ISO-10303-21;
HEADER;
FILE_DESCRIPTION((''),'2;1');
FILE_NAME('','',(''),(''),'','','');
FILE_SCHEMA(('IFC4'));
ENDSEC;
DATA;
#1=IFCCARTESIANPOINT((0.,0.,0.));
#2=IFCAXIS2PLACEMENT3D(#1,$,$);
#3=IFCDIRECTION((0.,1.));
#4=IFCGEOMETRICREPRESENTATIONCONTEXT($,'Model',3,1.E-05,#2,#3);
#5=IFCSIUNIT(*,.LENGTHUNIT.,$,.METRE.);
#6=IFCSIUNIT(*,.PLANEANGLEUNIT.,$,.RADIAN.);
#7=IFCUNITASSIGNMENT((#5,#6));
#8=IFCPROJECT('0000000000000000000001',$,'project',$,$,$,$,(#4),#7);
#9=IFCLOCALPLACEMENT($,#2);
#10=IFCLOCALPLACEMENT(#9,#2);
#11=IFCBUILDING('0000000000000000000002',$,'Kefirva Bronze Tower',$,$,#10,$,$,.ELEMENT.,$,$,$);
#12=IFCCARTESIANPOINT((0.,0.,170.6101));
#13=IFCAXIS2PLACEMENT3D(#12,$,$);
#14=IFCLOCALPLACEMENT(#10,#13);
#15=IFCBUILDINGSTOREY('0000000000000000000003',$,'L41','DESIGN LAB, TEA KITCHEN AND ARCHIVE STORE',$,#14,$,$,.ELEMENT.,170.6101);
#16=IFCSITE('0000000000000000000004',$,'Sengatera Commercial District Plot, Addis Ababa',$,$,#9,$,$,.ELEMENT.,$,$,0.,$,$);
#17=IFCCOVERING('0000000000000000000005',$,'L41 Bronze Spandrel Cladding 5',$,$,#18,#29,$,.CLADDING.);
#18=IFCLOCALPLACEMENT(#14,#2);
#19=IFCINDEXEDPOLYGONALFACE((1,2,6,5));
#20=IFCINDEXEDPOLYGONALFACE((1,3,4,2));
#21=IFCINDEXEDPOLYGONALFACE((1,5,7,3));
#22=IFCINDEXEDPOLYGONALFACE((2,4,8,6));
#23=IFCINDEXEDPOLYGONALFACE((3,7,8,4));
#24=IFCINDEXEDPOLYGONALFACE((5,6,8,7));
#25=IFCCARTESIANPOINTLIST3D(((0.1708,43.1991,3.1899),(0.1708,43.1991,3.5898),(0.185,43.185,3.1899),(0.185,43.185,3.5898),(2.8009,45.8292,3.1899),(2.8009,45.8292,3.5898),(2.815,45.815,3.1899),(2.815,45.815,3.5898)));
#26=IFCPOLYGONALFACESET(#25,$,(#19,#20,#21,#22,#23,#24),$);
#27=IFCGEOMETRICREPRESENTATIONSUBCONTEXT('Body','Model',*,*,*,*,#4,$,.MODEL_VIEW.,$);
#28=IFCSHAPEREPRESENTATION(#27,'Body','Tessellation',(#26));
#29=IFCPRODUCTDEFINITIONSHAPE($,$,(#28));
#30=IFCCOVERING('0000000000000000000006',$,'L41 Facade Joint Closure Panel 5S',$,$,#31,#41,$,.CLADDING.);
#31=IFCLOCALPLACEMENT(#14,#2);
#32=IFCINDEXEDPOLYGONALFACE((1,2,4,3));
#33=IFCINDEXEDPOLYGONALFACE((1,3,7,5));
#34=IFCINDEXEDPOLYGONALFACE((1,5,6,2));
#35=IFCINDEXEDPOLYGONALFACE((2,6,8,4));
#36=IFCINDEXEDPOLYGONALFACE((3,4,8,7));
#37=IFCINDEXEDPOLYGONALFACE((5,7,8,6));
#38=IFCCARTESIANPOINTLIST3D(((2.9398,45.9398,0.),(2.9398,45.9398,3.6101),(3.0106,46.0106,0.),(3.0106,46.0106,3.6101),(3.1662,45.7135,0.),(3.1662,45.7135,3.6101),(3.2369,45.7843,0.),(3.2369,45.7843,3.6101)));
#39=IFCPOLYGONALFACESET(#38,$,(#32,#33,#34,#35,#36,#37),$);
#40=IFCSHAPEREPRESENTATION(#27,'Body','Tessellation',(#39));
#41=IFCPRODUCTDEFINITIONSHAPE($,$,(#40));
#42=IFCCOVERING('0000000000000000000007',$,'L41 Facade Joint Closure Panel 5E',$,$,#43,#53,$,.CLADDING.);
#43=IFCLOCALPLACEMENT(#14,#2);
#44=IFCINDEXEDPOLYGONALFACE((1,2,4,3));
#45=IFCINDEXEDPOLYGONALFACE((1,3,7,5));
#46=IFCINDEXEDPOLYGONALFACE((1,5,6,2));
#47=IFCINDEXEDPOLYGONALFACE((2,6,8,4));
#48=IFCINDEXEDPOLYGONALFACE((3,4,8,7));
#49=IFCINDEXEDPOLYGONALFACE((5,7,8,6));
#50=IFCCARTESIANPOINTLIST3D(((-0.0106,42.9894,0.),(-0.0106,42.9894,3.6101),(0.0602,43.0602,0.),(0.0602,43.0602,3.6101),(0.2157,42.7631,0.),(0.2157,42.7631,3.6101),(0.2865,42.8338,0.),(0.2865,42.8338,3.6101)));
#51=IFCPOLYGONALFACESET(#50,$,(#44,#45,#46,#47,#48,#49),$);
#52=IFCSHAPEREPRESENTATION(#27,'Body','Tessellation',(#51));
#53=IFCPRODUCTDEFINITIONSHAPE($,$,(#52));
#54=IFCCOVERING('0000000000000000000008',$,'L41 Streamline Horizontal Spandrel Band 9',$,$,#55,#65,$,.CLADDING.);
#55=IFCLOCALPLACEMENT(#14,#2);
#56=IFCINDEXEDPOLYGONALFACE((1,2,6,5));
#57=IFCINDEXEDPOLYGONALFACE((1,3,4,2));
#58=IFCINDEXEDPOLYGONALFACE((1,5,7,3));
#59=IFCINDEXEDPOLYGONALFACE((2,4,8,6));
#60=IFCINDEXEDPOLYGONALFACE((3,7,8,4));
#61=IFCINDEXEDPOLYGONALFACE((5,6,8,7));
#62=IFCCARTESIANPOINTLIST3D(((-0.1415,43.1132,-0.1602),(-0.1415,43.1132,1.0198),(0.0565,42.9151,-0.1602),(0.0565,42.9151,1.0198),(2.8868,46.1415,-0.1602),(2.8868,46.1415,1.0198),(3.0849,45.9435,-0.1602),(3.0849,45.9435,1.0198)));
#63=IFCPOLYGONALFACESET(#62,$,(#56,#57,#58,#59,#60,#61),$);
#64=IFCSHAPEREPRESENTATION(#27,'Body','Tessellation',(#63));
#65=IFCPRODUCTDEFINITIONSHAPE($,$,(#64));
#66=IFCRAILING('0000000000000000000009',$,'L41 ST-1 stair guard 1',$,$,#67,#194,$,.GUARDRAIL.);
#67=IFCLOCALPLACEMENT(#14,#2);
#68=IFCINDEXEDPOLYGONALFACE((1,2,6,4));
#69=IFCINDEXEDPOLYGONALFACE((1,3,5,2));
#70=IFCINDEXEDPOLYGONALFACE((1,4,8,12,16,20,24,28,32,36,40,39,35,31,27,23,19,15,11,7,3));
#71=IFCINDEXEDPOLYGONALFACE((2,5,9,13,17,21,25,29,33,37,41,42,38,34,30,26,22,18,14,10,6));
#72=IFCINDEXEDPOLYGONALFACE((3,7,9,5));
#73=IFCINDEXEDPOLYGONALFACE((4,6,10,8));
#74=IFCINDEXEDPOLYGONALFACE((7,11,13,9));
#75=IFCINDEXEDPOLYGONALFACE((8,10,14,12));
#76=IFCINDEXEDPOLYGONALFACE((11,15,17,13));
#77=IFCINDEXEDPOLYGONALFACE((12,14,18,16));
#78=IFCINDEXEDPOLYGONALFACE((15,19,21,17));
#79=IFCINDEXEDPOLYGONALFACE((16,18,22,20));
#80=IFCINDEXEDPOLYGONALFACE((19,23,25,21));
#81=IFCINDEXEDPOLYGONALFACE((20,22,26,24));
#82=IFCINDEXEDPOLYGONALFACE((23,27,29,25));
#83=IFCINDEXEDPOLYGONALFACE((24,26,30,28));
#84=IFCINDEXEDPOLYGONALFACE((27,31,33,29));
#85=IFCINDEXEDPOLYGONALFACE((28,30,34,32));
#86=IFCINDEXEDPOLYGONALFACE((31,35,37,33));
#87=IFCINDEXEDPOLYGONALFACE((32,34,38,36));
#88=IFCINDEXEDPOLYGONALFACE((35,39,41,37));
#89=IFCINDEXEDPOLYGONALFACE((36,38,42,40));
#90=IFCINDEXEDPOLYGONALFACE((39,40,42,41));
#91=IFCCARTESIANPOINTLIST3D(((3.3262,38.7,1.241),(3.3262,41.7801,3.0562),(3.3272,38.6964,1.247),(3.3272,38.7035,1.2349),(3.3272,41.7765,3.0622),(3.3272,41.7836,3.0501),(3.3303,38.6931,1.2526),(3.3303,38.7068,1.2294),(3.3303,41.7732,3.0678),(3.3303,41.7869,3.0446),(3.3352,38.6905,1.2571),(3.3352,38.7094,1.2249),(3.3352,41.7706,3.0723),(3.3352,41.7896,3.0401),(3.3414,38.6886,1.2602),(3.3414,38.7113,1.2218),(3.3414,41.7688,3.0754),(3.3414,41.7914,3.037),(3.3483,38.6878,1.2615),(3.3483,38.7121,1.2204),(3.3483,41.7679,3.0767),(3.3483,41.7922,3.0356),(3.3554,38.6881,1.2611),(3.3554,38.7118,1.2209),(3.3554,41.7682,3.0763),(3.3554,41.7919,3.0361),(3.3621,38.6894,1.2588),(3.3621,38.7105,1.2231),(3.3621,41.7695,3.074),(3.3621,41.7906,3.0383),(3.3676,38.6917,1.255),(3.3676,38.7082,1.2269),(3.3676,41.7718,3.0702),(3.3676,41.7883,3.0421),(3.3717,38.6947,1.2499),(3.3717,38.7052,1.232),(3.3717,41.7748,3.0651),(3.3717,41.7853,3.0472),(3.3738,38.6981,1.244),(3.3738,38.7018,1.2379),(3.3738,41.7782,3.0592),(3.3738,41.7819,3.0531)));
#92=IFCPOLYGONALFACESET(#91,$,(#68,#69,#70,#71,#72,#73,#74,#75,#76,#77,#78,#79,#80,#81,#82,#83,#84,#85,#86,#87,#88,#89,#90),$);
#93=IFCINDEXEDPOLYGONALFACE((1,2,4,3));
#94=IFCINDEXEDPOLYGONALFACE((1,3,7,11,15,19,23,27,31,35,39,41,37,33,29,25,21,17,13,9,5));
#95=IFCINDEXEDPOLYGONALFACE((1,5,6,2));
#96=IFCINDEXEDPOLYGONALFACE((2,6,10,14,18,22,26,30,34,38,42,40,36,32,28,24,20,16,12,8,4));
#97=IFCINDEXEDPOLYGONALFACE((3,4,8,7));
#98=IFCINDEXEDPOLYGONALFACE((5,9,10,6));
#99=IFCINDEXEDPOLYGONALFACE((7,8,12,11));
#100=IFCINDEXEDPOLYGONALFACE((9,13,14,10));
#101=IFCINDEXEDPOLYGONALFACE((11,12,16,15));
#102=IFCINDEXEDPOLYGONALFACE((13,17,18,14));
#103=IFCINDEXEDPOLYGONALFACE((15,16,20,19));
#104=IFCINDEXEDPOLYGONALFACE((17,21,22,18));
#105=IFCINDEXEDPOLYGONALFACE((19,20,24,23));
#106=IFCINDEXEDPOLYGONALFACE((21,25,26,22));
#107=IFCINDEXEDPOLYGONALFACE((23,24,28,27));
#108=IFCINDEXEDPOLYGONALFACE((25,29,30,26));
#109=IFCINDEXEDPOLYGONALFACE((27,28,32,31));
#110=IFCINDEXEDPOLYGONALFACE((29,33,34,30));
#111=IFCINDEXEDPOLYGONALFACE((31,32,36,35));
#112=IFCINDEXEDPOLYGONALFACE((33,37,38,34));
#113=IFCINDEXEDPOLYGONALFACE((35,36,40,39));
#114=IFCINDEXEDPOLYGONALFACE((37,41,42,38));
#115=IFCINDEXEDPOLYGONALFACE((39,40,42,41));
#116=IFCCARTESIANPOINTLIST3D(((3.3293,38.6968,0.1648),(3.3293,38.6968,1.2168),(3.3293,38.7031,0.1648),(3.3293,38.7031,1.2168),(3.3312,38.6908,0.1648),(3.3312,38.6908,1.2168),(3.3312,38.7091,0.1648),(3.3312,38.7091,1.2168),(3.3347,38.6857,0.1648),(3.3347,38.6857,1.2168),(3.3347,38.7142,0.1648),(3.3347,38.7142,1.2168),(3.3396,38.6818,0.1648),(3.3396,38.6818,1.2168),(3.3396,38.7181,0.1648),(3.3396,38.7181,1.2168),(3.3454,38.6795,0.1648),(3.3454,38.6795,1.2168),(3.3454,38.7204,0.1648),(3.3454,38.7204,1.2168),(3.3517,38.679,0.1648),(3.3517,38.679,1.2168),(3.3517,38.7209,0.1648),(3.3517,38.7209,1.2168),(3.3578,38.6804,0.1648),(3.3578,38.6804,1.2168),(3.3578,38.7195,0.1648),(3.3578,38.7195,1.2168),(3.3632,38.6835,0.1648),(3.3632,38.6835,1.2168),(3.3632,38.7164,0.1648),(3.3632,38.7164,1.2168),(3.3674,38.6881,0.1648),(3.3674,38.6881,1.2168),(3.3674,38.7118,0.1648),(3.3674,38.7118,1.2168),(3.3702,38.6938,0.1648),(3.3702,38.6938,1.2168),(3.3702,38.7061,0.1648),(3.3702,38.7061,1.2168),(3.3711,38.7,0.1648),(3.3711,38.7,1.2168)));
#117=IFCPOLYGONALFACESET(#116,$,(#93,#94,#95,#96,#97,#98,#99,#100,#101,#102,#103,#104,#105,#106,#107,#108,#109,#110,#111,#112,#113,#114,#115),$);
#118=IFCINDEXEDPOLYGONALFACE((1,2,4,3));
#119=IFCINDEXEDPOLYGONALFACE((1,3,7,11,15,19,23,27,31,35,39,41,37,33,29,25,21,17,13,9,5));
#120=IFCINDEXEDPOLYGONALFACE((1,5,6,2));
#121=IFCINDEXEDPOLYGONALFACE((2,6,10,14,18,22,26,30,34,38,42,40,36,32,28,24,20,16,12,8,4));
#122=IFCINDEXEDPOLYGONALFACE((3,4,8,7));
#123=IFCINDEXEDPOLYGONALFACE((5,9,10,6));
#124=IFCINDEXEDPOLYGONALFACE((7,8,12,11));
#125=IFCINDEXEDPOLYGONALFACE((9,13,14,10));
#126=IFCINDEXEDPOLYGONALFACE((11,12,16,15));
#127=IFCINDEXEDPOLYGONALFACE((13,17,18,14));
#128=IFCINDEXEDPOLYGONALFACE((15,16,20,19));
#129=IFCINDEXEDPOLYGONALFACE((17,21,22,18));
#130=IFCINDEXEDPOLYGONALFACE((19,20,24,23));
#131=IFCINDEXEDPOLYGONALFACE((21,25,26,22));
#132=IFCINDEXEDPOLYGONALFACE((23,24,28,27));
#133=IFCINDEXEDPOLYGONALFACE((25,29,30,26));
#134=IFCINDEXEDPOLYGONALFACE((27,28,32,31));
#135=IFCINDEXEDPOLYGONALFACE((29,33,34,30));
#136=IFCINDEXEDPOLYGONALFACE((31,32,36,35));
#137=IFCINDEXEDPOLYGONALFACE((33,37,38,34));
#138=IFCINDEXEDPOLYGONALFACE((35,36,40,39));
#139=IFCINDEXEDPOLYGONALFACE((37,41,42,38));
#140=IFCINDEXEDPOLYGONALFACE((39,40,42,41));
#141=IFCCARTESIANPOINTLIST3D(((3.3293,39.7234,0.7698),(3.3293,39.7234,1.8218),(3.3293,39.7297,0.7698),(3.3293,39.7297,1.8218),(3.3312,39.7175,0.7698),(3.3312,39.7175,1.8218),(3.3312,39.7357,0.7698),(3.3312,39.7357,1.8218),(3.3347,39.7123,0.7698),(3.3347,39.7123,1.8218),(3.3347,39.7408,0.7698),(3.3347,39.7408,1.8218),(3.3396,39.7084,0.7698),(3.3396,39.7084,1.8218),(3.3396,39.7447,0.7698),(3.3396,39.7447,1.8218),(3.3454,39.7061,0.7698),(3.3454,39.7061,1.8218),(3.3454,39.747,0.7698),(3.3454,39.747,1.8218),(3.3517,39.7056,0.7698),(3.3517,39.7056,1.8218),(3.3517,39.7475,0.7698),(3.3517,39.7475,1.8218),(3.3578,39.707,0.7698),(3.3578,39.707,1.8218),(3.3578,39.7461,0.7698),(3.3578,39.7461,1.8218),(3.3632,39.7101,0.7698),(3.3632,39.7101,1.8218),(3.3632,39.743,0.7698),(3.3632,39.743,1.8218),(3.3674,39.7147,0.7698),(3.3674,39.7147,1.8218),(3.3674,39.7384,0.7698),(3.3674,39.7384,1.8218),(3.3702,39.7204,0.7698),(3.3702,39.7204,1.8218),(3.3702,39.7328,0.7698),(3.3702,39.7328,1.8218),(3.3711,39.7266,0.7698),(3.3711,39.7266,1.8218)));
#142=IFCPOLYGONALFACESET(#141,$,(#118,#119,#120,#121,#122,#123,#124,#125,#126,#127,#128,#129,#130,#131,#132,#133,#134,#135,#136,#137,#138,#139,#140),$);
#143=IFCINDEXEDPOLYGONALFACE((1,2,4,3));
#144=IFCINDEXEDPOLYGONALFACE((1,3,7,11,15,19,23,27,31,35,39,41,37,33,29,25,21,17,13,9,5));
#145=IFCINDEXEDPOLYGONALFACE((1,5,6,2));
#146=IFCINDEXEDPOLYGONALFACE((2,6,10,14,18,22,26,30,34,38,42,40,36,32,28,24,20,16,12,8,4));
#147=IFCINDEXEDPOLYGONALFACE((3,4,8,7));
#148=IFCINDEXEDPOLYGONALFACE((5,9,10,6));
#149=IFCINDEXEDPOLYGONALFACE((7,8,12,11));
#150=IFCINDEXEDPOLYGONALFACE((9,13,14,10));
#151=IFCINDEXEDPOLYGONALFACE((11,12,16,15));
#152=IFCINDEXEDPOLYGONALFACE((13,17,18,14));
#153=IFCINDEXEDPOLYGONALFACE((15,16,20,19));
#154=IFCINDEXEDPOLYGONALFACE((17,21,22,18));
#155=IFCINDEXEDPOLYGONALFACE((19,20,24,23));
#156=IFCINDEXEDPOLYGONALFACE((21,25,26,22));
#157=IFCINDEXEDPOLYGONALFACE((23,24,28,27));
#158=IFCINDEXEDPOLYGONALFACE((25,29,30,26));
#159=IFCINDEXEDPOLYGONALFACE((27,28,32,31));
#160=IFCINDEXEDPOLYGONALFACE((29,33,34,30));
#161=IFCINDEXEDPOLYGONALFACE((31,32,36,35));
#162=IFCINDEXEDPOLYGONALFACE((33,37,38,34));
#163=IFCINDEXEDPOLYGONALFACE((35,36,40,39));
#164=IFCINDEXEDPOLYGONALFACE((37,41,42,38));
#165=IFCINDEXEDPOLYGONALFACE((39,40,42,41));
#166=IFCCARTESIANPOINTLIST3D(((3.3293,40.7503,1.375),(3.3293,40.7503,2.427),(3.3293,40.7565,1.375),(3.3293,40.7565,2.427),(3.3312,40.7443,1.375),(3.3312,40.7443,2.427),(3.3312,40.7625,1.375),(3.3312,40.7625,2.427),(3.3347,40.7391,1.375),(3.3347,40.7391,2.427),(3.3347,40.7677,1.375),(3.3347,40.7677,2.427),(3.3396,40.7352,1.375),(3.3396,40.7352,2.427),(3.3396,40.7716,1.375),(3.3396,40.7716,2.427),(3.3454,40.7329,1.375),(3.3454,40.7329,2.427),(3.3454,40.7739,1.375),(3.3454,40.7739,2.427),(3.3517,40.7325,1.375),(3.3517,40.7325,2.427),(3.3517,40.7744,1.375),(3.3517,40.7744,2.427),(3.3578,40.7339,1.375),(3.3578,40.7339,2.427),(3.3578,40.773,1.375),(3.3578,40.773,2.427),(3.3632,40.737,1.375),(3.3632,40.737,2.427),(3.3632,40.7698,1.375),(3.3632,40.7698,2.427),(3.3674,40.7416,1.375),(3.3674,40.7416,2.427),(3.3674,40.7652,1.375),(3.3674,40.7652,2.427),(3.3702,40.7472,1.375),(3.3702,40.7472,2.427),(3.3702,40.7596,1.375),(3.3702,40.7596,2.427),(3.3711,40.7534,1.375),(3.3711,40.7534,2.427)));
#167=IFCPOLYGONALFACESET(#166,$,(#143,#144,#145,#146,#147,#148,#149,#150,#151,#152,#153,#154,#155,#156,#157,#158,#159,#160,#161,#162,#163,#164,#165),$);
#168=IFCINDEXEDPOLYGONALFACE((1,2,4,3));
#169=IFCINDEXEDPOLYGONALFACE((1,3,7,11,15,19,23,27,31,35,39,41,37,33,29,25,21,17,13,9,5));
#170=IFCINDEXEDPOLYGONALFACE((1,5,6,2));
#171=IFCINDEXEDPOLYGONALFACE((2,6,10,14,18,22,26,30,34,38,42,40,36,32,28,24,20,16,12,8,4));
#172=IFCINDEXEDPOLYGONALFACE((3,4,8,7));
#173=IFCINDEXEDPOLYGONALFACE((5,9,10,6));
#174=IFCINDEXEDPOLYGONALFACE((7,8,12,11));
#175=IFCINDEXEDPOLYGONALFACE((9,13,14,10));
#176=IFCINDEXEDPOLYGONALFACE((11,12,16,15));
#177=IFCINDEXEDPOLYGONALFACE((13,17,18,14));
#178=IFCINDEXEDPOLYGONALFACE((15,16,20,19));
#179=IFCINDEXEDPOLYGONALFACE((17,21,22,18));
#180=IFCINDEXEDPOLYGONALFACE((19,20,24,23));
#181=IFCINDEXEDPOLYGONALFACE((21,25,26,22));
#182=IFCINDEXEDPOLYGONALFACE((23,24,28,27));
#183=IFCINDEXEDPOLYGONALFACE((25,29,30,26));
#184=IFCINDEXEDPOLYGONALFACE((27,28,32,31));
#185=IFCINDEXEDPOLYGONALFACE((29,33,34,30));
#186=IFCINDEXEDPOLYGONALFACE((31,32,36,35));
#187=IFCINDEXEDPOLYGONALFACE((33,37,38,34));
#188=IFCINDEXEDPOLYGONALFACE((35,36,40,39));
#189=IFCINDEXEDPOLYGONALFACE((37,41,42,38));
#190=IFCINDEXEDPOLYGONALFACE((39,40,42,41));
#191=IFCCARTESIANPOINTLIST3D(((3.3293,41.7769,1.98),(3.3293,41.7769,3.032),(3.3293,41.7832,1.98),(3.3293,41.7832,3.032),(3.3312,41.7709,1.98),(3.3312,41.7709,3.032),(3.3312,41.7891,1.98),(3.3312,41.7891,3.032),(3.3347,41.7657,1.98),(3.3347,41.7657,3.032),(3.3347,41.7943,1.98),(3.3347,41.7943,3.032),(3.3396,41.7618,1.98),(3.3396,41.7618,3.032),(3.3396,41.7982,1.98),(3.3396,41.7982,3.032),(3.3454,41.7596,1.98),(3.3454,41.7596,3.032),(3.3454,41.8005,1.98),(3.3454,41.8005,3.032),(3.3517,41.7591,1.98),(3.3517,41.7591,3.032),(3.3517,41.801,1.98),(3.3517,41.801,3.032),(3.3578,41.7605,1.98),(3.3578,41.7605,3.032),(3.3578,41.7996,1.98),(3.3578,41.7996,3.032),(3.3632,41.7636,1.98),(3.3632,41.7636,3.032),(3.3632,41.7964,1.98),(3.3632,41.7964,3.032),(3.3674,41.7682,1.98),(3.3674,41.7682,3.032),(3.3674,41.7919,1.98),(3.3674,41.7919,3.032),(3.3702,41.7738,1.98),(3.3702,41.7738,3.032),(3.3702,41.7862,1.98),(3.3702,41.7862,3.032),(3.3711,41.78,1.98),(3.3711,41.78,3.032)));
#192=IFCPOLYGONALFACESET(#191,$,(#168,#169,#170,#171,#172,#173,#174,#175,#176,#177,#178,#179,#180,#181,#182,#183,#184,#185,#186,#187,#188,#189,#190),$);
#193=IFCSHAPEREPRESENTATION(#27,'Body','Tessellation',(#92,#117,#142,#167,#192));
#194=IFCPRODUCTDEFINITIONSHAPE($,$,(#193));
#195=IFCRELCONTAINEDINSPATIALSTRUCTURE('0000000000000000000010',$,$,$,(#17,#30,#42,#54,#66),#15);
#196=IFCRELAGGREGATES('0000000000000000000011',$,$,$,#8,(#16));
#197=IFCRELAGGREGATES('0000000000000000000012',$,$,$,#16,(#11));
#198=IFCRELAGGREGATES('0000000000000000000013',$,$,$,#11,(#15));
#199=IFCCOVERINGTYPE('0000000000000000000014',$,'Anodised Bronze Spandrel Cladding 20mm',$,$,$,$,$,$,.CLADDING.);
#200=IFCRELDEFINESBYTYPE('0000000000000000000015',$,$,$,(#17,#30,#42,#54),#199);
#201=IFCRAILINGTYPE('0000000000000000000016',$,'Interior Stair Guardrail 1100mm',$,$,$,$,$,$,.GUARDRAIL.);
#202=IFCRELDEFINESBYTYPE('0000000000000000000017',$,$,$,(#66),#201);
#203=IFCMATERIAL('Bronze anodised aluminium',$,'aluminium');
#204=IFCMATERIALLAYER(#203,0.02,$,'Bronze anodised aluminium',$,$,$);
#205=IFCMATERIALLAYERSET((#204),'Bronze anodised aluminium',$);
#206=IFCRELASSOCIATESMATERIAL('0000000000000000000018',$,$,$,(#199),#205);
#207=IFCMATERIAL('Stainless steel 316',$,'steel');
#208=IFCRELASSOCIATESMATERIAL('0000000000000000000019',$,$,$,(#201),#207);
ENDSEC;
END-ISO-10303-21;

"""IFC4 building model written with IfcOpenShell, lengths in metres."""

from ifc_helpers import new_model, si_unit, direction, frame, origin, origin_2d, place, context, subcontext, project, spatial, rectangle, circle, extrude, material, layer, layer_set, type_object, element, save


model = new_model("IFC4")

# Units and contexts
model_context = context("Model", 3, precision=1e-05, world=origin(), true_north=direction((0.0, 1.0)))
body_context = subcontext(model_context, "Body", "Model", "MODEL_VIEW")
ifc_project = project(units=[si_unit("LENGTHUNIT", "METRE"), si_unit("PLANEANGLEUNIT", "RADIAN")], contexts=[model_context])

# Site, building, storey
site_placement = place(None, origin())
site = spatial("IfcSite", under=ifc_project, at=site_placement, Name="Sengatera Commercial District Plot, Addis Ababa", CompositionType="ELEMENT", RefElevation=0.0)
building_placement = place(site_placement, origin())
building = spatial("IfcBuilding", under=site, at=building_placement, Name="Kefirva Bronze Tower", CompositionType="ELEMENT")
storey_placement = place(building_placement, frame((0.0, 0.0, 170.6101)))
storey = spatial("IfcBuildingStorey", under=building, at=storey_placement, Name="L41", Description="DESIGN LAB, TEA KITCHEN AND ARCHIVE STORE", CompositionType="ELEMENT", Elevation=170.6101)

# Shared definitions
ifc_material_1 = material(Name="Bronze anodised aluminium", Category="aluminium")

# Coverings
ifc_layer_1 = layer(ifc_material_1, 0.02, Name="Bronze anodised aluminium")
ifc_layer_set_1 = layer_set([ifc_layer_1], Name="Bronze anodised aluminium")
covering_type_1 = type_object("IfcCoveringType", Name="Anodised Bronze Spandrel Cladding 20mm", PredefinedType="CLADDING", material=ifc_layer_set_1)
covering_1_placement = place(storey_placement, frame((1.4929, 44.5071, 3.1899), z_axis=(0.0, 0.0, 1.0), x_axis=(-0.707107, -0.707107, 0.0)))
element("IfcCovering", 1, at=covering_1_placement, inside=storey, type_object=covering_type_1, Name="L41 Bronze Spandrel Cladding 5", PredefinedType="CLADDING", context=body_context, shape_type="SweptSolid", body=[
    extrude(rectangle(XDim=3.7195, YDim=0.02, at=origin_2d()), origin(), (0.0, 0.0, 1.0), 0.3999),
])
for number, where, z_axis, x_axis, name in (
    (2, (3.0884, 45.8621, 0.0), (0.0, 0.0, 1.0), (-0.707107, -0.707107, 0.0), "L41 Facade Joint Closure Panel 5S"),
    (3, (0.1379, 42.9116, 0.0), (0.0, 0.0, 1.0), (-0.707107, -0.707107, 0.0), "L41 Facade Joint Closure Panel 5E"),
):
    element("IfcCovering", number, at=place(storey_placement, frame(where, z_axis=z_axis, x_axis=x_axis)), inside=storey, type_object=covering_type_1, Name=name, PredefinedType="CLADDING", context=body_context, shape_type="SweptSolid", body=[
        extrude(rectangle(XDim=0.1001, YDim=0.3201, at=origin_2d()), origin(), (0.0, 0.0, 1.0), 3.6101),
    ])
covering_2_placement = place(storey_placement, frame((1.4717, 44.5283, -0.1602), z_axis=(0.0, 0.0, 1.0), x_axis=(-0.707107, -0.707107, 0.0)))
element("IfcCovering", 4, at=covering_2_placement, inside=storey, type_object=covering_type_1, Name="L41 Streamline Horizontal Spandrel Band 9", PredefinedType="CLADDING", context=body_context, shape_type="SweptSolid", body=[
    extrude(rectangle(XDim=4.2827, YDim=0.28, at=origin_2d()), origin(), (0.0, 0.0, 1.0), 1.1799),
])

# Railing
ifc_material_2 = material(Name="Stainless steel 316", Category="steel")
railing_type_1 = type_object("IfcRailingType", Name="Interior Stair Guardrail 1100mm", PredefinedType="GUARDRAIL", material=ifc_material_2)
railing_1_placement = place(storey_placement, frame((3.3501, 38.7, 0.1648)))
element("IfcRailing", 5, at=railing_1_placement, inside=storey, type_object=railing_type_1, Name="L41 ST-1 stair guard 1", PredefinedType="GUARDRAIL", context=body_context, shape_type="SweptSolid", body=[
    extrude(circle(Radius=0.0239, at=origin_2d()), frame((0.0, 0.0, 1.0762), z_axis=(0.0, 0.861521, 0.507721), x_axis=(-1.0, 0.0, 0.0)), (0.0, 0.0, 1.0), 3.5752),
    extrude(circle(Radius=0.021, at=origin_2d()), origin(), (0.0, 0.0, 1.0), 1.052),
    extrude(circle(Radius=0.021, at=origin_2d()), frame((0.0, 1.0266, 0.605)), (0.0, 0.0, 1.0), 1.052),
    extrude(circle(Radius=0.021, at=origin_2d()), frame((0.0, 2.0535, 1.2102)), (0.0, 0.0, 1.0), 1.052),
    extrude(circle(Radius=0.021, at=origin_2d()), frame((0.0, 3.0801, 1.8152)), (0.0, 0.0, 1.0), 1.052),
])

save(model, "model.ifc")
